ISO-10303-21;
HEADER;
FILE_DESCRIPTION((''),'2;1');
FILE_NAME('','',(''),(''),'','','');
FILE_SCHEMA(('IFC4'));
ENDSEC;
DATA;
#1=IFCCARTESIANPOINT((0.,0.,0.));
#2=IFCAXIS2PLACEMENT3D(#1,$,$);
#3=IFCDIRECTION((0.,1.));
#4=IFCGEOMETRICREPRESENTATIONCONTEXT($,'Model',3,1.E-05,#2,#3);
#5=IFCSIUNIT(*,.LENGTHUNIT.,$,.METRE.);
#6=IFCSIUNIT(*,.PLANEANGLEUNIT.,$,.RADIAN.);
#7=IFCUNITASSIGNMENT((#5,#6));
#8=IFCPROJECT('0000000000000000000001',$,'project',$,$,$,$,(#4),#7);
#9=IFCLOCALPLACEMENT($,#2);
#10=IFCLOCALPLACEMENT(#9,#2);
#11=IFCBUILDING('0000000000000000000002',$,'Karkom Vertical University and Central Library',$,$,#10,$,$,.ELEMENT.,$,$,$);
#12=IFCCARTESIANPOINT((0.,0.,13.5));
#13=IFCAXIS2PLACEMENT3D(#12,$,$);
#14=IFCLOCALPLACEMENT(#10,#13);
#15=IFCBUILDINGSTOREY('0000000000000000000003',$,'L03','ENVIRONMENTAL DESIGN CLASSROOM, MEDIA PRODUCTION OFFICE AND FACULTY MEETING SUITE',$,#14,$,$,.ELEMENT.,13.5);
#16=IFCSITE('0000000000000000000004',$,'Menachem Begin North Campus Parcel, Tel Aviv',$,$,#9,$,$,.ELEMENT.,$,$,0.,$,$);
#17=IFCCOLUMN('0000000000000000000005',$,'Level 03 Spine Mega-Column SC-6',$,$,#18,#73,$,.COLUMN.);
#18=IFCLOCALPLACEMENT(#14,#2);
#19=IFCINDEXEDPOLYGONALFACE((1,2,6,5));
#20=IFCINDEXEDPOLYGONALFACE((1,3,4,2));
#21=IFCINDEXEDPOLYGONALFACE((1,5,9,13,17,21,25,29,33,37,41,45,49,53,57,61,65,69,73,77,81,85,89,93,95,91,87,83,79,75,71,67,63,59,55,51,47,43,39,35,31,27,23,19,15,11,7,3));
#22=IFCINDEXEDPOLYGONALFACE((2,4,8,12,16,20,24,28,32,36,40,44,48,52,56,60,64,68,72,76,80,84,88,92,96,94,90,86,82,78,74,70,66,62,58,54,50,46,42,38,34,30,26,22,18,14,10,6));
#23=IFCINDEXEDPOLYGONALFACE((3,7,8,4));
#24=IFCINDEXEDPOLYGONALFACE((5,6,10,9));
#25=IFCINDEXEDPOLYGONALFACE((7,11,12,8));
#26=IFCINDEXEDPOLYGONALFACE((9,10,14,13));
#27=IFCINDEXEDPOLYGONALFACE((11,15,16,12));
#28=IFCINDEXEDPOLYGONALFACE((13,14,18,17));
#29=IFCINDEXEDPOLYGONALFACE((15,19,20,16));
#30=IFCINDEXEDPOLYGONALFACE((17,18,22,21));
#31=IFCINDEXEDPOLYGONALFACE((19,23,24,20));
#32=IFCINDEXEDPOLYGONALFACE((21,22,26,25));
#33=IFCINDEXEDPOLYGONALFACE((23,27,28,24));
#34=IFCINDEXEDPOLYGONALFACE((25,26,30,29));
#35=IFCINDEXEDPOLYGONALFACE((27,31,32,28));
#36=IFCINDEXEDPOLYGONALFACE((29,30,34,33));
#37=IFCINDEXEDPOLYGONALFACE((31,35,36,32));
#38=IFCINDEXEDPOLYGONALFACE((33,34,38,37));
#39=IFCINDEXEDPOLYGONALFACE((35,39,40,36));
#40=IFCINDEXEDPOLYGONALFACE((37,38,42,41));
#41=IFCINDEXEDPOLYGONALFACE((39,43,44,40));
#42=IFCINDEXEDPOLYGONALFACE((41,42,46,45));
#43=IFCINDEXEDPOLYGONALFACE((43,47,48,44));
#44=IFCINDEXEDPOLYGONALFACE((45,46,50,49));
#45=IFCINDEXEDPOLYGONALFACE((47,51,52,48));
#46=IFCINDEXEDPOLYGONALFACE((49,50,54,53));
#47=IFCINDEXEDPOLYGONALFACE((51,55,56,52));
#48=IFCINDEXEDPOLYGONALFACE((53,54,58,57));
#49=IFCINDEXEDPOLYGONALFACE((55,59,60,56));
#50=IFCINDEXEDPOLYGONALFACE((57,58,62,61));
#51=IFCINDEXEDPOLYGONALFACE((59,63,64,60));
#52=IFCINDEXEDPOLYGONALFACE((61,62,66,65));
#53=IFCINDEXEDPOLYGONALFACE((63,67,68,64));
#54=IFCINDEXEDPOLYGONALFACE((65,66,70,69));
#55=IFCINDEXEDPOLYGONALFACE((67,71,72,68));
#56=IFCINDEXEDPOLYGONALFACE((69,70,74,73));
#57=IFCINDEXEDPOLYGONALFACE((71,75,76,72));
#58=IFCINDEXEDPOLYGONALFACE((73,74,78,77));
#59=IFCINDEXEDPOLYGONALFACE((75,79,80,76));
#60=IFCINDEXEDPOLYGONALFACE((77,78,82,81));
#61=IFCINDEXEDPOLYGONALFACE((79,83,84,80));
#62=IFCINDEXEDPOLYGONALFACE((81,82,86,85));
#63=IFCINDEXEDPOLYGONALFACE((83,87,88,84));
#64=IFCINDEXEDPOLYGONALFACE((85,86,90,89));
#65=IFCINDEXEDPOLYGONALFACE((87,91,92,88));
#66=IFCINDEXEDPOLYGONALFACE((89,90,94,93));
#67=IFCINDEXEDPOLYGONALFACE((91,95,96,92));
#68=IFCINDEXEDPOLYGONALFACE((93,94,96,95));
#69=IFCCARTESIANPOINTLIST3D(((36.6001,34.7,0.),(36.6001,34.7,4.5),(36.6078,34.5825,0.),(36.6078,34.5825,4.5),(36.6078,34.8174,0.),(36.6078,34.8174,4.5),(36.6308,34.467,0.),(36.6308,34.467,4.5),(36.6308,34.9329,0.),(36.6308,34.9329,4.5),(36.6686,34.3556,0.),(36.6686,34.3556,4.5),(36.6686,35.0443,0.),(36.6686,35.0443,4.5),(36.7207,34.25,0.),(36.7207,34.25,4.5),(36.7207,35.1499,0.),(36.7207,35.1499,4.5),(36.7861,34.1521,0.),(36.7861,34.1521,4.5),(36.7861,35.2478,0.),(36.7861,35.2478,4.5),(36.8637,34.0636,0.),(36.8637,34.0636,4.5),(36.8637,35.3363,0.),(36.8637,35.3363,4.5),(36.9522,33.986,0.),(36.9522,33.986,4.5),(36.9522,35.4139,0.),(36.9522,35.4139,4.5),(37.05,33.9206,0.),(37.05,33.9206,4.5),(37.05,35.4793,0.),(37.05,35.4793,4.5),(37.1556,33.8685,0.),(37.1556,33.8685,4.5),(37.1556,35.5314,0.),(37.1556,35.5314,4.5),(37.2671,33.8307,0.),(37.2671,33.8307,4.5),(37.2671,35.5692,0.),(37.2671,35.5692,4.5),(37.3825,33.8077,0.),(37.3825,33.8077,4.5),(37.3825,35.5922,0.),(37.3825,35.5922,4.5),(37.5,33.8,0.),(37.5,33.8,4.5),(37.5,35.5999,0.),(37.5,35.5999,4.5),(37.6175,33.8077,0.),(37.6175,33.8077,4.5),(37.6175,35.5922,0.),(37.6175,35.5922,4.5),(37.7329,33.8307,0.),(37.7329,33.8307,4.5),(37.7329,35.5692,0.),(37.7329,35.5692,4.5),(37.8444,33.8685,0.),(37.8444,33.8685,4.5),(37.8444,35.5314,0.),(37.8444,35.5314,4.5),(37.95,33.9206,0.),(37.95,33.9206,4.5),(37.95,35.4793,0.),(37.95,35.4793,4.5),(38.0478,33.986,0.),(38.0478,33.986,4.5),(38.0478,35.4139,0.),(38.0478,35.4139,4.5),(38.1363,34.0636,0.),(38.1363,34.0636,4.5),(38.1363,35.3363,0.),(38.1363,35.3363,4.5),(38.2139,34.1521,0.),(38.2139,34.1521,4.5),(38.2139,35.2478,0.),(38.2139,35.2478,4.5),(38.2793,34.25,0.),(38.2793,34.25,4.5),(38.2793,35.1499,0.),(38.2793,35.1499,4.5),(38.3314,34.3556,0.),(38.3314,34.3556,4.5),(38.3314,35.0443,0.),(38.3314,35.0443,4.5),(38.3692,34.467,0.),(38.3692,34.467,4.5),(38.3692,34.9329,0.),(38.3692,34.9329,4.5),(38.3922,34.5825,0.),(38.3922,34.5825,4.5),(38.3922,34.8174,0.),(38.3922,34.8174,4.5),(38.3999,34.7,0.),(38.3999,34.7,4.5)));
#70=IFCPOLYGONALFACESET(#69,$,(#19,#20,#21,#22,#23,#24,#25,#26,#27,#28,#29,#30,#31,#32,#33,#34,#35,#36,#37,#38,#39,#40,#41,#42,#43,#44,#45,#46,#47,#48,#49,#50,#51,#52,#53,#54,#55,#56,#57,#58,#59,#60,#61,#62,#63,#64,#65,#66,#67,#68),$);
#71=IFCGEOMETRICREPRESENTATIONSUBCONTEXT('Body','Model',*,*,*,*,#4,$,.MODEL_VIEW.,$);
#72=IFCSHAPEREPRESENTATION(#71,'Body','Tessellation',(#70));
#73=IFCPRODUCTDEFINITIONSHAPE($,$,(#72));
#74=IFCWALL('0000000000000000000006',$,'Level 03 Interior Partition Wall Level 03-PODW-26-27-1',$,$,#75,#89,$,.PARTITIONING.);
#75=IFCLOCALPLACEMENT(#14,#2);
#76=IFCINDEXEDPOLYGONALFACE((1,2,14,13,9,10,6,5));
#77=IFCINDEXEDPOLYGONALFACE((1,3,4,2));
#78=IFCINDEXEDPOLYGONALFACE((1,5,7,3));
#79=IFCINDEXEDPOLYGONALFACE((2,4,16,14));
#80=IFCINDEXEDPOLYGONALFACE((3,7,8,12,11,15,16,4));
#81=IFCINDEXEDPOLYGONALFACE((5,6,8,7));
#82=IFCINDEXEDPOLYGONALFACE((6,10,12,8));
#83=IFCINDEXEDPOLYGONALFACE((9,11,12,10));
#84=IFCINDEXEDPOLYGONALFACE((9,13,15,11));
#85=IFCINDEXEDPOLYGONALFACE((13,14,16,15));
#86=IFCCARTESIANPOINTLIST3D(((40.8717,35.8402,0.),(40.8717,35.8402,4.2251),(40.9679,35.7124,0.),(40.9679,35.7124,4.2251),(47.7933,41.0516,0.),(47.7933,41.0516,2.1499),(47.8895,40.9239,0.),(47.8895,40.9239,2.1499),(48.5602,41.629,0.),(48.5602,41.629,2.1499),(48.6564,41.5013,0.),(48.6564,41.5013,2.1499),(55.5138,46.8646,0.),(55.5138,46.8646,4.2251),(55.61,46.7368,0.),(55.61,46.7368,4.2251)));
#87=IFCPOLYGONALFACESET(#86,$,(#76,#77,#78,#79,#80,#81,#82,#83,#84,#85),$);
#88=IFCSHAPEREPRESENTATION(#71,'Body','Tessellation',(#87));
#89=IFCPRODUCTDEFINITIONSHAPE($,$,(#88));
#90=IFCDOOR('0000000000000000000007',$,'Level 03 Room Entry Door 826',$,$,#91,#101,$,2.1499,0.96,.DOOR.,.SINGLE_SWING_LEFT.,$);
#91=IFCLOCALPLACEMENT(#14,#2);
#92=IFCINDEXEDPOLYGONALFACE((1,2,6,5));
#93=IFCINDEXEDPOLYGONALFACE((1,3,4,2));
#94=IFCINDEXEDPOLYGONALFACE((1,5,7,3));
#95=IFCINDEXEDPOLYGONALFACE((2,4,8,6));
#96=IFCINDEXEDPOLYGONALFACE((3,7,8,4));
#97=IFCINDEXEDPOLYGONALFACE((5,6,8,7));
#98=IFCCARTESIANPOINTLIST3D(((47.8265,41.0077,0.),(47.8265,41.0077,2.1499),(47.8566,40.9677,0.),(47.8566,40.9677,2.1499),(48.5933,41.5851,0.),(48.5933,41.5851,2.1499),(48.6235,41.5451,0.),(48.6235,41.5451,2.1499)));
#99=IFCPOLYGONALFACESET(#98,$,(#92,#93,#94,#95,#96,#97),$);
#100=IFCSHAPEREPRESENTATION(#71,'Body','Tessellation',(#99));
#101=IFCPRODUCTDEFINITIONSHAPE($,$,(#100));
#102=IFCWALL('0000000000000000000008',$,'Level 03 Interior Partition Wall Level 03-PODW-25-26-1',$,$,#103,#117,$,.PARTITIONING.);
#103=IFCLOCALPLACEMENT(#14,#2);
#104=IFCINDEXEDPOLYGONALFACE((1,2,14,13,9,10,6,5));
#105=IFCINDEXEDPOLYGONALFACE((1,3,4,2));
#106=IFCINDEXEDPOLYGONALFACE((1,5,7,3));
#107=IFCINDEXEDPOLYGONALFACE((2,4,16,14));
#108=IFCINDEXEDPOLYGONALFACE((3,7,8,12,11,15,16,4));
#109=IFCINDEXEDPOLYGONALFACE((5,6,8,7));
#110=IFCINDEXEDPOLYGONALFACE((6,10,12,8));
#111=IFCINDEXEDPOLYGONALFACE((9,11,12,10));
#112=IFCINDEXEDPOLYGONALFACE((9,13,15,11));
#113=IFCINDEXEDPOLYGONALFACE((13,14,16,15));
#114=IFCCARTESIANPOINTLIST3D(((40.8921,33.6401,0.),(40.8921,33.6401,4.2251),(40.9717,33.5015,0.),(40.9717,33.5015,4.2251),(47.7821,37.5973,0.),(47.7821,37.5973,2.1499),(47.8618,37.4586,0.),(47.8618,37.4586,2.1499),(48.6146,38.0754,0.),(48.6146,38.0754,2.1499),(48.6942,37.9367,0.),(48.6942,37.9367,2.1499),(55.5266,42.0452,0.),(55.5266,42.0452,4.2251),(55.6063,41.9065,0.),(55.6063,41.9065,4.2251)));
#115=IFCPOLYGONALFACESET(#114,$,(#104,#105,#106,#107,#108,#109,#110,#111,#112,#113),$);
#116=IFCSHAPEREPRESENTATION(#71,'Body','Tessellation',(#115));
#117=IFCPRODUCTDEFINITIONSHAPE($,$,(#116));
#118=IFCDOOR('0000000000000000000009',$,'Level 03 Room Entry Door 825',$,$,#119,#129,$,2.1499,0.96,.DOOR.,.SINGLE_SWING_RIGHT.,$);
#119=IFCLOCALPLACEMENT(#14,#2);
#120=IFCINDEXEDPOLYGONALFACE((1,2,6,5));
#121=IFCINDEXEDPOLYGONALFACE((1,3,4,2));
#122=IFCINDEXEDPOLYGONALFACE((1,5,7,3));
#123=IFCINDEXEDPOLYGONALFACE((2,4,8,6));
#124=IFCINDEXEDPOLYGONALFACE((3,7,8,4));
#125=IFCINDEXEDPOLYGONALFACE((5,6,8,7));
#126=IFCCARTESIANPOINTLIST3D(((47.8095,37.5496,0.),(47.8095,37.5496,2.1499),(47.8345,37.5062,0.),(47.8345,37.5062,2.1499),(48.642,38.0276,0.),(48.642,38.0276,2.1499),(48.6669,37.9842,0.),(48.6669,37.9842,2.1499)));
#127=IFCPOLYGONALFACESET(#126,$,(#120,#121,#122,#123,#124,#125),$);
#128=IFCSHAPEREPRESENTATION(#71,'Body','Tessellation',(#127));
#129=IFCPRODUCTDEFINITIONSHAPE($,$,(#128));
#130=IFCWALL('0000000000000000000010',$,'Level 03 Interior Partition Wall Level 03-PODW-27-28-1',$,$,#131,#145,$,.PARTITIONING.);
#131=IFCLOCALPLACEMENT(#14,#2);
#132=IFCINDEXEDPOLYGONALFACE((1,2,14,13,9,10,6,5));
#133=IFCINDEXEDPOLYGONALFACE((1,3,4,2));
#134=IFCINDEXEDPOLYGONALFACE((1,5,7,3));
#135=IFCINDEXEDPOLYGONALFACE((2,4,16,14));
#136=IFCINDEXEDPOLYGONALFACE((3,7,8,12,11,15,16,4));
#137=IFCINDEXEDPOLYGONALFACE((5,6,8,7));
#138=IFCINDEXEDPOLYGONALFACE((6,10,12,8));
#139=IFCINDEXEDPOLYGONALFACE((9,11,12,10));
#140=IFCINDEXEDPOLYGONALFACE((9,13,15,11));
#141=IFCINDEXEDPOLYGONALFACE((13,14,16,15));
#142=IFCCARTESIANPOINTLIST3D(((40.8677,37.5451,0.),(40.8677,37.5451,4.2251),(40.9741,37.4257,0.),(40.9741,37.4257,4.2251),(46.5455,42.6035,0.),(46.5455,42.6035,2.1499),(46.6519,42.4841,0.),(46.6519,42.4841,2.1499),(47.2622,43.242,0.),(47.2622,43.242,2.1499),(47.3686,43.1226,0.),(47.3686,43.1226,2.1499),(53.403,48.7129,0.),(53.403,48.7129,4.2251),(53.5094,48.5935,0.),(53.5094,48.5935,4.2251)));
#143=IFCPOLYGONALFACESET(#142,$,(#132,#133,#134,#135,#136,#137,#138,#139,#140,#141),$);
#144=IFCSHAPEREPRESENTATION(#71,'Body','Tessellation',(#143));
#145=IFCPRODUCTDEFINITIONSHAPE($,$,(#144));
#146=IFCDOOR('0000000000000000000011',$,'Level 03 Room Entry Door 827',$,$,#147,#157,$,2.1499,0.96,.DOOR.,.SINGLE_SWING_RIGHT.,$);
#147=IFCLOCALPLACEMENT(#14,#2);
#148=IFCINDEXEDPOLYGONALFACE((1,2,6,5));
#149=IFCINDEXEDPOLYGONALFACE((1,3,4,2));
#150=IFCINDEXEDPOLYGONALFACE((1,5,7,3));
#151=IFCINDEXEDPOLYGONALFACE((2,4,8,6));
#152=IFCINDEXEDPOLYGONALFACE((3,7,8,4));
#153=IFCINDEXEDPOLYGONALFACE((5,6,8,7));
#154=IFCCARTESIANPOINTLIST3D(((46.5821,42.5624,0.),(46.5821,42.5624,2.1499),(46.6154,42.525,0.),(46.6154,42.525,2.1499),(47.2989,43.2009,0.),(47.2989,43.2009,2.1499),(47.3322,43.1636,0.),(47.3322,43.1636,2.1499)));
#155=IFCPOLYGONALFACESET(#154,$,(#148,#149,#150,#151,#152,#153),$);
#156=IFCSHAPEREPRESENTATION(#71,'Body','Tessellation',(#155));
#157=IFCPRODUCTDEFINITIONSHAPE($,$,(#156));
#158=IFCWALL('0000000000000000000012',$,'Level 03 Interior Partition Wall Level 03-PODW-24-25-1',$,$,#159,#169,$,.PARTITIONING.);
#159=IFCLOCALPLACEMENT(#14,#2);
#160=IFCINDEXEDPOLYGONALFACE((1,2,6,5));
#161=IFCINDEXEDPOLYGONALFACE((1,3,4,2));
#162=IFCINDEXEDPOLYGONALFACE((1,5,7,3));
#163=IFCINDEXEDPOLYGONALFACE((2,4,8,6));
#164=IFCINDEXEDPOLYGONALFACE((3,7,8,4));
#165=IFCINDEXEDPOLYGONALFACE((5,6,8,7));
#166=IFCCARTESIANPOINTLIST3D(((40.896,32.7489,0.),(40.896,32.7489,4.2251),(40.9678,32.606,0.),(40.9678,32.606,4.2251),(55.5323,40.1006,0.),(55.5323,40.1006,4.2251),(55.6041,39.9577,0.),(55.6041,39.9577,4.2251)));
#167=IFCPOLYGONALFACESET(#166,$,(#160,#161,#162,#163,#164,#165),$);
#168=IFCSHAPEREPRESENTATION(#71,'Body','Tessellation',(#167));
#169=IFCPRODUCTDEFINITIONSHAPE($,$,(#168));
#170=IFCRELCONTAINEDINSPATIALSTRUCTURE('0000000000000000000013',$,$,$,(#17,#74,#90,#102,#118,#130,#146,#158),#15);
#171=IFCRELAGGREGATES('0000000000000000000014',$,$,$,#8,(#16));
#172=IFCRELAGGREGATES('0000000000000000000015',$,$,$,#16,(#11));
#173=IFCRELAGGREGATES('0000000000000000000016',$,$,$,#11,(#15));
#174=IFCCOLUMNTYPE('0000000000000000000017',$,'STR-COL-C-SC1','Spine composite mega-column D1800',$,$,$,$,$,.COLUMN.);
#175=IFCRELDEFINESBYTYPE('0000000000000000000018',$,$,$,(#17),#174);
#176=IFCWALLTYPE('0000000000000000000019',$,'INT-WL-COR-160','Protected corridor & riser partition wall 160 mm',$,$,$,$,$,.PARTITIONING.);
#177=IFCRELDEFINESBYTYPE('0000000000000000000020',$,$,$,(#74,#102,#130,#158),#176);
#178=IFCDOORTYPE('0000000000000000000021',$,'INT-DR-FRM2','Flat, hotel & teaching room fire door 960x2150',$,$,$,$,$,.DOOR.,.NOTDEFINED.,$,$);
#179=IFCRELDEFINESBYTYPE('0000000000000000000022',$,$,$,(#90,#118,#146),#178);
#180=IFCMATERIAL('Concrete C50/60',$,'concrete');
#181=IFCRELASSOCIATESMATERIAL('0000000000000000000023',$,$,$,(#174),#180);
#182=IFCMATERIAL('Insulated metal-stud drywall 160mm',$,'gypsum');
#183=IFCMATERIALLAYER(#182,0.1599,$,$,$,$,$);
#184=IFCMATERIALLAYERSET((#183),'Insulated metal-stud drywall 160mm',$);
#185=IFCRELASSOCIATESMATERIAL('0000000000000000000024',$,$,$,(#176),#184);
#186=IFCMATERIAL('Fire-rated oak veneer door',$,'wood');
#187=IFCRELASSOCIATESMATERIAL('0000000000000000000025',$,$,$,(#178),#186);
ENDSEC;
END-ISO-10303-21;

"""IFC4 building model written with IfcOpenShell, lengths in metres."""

from ifc_helpers import new_model, si_unit, direction, frame, frame_2d, origin, origin_with_axes, origin_2d, place, context, subcontext, project, spatial, rectangle, circle, extrude, source, transform, mapped, material, layer, layer_set, material_profile, profile_set, type_object, element, fill, save


model = new_model("IFC4")

# Units and contexts
model_context = context("Model", 3, precision=1e-05, world=origin(), true_north=direction((0.0, 1.0)))
body_context = subcontext(model_context, "Body", "Model", "MODEL_VIEW")
ifc_project = project(units=[si_unit("LENGTHUNIT", "METRE"), si_unit("PLANEANGLEUNIT", "RADIAN")], contexts=[model_context])

# Site, building, storey
site_placement = place(None, origin())
site = spatial("IfcSite", under=ifc_project, at=site_placement, Name="Menachem Begin North Campus Parcel, Tel Aviv", CompositionType="ELEMENT", RefElevation=0.0)
building_placement = place(site_placement, origin())
building = spatial("IfcBuilding", under=site, at=building_placement, Name="Karkom Vertical University and Central Library", CompositionType="ELEMENT")
storey_placement = place(building_placement, frame((0.0, 0.0, 13.5)))
storey = spatial("IfcBuildingStorey", under=building, at=storey_placement, Name="L03", Description="ENVIRONMENTAL DESIGN CLASSROOM, MEDIA PRODUCTION OFFICE AND FACULTY MEETING SUITE", CompositionType="ELEMENT", Elevation=13.5)

# Column
ifc_material_1 = material(Name="Concrete C50/60", Category="concrete")
ifc_material_profile = material_profile(ifc_material_1, circle(Radius=0.8999, at=origin_2d()), Name="CFT-D1800")
ifc_profile_set = profile_set([ifc_material_profile], Name="Concrete C50/60")
column_type = type_object("IfcColumnType", Name="STR-COL-C-SC1", Description="Spine composite mega-column D1800", PredefinedType="COLUMN", material=ifc_profile_set)
shared_shape_1 = source(origin_with_axes(), body_context, "Body", "SweptSolid", [
    extrude(circle(Radius=0.8999, at=origin_2d()), origin(), (0.0, 0.0, 1.0), 4.5),
])
column_placement = place(storey_placement, frame((37.5, 34.7, 0.0), z_axis=(0.0, 0.0, 1.0), x_axis=(1.0, 0.0, 0.0)))
element("IfcColumn", 1, at=column_placement, inside=storey, type_object=column_type, Name="Level 03 Spine Mega-Column SC-6", PredefinedType="COLUMN", context=body_context, shape_type="MappedRepresentation", body=[
    mapped(shared_shape_1, transform((0.0, 0.0, 0.0), scale=1.0)),
])

# Shared definitions
ifc_material_2 = material(Name="Insulated metal-stud drywall 160mm", Category="gypsum")
ifc_layer_1 = layer(ifc_material_2, 0.1599)
ifc_layer_set_1 = layer_set([ifc_layer_1], Name="Insulated metal-stud drywall 160mm")
wall_type_1 = type_object("IfcWallType", Name="INT-WL-COR-160", Description="Protected corridor & riser partition wall 160 mm", PredefinedType="PARTITIONING", material=ifc_layer_set_1)
ifc_material_3 = material(Name="Fire-rated oak veneer door", Category="wood")
door_type_1 = type_object("IfcDoorType", Name="INT-DR-FRM2", Description="Flat, hotel & teaching room fire door 960x2150", OperationType="NOTDEFINED", PredefinedType="DOOR", material=ifc_material_3)
shared_shape_2 = source(origin_with_axes(), body_context, "Body", "SweptSolid", [
    extrude(rectangle(XDim=0.96, YDim=2.1499, at=frame_2d((0.48, 1.075))), frame((0.0, 0.0249, 0.0), z_axis=(0.0, -1.0, 0.0), x_axis=(1.0, 0.0, 0.0)), (0.0, 0.0, 1.0), 0.05),
])

# Walls, openings, doors
wall_1_placement = place(storey_placement, frame((40.9199, 35.7764, 0.0), z_axis=(0.0, 0.0, 1.0), x_axis=(0.798876, 0.601495, 0.0)))
wall_1 = element("IfcWall", 2, at=wall_1_placement, inside=storey, type_object=wall_type_1, Name="Level 03 Interior Partition Wall Level 03-PODW-26-27-1", PredefinedType="PARTITIONING", context=body_context, shape_type="SweptSolid", body=[
    extrude(rectangle(XDim=18.3284, YDim=0.1599, at=frame_2d((9.1641, 0.0))), origin(), (0.0, 0.0, 1.0), 4.2251),
])
opening_1_placement = place(wall_1_placement, frame((8.6641, 0.0, 0.0)))
opening_1 = element("IfcOpeningElement", 3, at=opening_1_placement, cuts=wall_1, PredefinedType="OPENING", context=body_context, shape_type="SweptSolid", body=[
    extrude(rectangle(XDim=0.96, YDim=2.1499, at=frame_2d((0.48, 1.075))), frame((0.0, 0.0898, 0.0), z_axis=(0.0, -1.0, 0.0), x_axis=(1.0, 0.0, 0.0)), (0.0, 0.0, 1.0), 0.1799),
])
door_1_placement = place(opening_1_placement, origin())
door_1 = element("IfcDoor", 4, at=door_1_placement, inside=storey, type_object=door_type_1, Name="Level 03 Room Entry Door 826", OperationType="SINGLE_SWING_LEFT", OverallHeight=2.1499, OverallWidth=0.96, PredefinedType="DOOR", context=body_context, shape_type="MappedRepresentation", body=[
    mapped(shared_shape_2, transform((0.0, 0.0, 0.0), scale=1.0)),
])
fill(opening_1, door_1)
wall_2_placement = place(storey_placement, frame((40.9319, 33.5708, 0.0), z_axis=(0.0, 0.0, 1.0), x_axis=(0.867158, 0.498034, 0.0)))
wall_2 = element("IfcWall", 5, at=wall_2_placement, inside=storey, type_object=wall_type_1, Name="Level 03 Interior Partition Wall Level 03-PODW-25-26-1", PredefinedType="PARTITIONING", context=body_context, shape_type="SweptSolid", body=[
    extrude(rectangle(XDim=16.8765, YDim=0.1599, at=frame_2d((8.4382, 0.0))), origin(), (0.0, 0.0, 1.0), 4.2251),
])
opening_2_placement = place(wall_2_placement, frame((7.9456, 0.0, 0.0)))
opening_2 = element("IfcOpeningElement", 6, at=opening_2_placement, cuts=wall_2, PredefinedType="OPENING", context=body_context, shape_type="SweptSolid", body=[
    extrude(rectangle(XDim=0.96, YDim=2.1499, at=frame_2d((0.48, 1.075))), frame((0.0, 0.0898, 0.0), z_axis=(0.0, -1.0, 0.0), x_axis=(1.0, 0.0, 0.0)), (0.0, 0.0, 1.0), 0.1799),
])
door_2_placement = place(opening_2_placement, origin())
door_2 = element("IfcDoor", 7, at=door_2_placement, inside=storey, type_object=door_type_1, Name="Level 03 Room Entry Door 825", OperationType="SINGLE_SWING_RIGHT", OverallHeight=2.1499, OverallWidth=0.96, PredefinedType="DOOR", context=body_context, shape_type="MappedRepresentation", body=[
    mapped(shared_shape_2, transform((0.0, 0.0, 0.0), scale=1.0)),
])
fill(opening_2, door_2)
wall_3_placement = place(storey_placement, frame((40.9209, 37.4854, 0.0), z_axis=(0.0, 0.0, 1.0), x_axis=(0.746658, 0.665208, 0.0)))
wall_3 = element("IfcWall", 8, at=wall_3_placement, inside=storey, type_object=wall_type_1, Name="Level 03 Interior Partition Wall Level 03-PODW-27-28-1", PredefinedType="PARTITIONING", context=body_context, shape_type="SweptSolid", body=[
    extrude(rectangle(XDim=16.7886, YDim=0.1599, at=frame_2d((8.3943, 0.0))), origin(), (0.0, 0.0, 1.0), 4.2251),
])
opening_3_placement = place(wall_3_placement, frame((7.6042, 0.0, 0.0)))
opening_3 = element("IfcOpeningElement", 9, at=opening_3_placement, cuts=wall_3, PredefinedType="OPENING", context=body_context, shape_type="SweptSolid", body=[
    extrude(rectangle(XDim=0.96, YDim=2.1499, at=frame_2d((0.48, 1.075))), frame((0.0, 0.0898, 0.0), z_axis=(0.0, -1.0, 0.0), x_axis=(1.0, 0.0, 0.0)), (0.0, 0.0, 1.0), 0.1799),
])
door_3_placement = place(opening_3_placement, origin())
door_3 = element("IfcDoor", 10, at=door_3_placement, inside=storey, type_object=door_type_1, Name="Level 03 Room Entry Door 827", OperationType="SINGLE_SWING_RIGHT", OverallHeight=2.1499, OverallWidth=0.96, PredefinedType="DOOR", context=body_context, shape_type="MappedRepresentation", body=[
    mapped(shared_shape_2, transform((0.0, 0.0, 0.0), scale=1.0)),
])
fill(opening_3, door_3)

# Wall
wall_4_placement = place(storey_placement, frame((40.9319, 32.6775, 0.0), z_axis=(0.0, 0.0, 1.0), x_axis=(0.893609, 0.448847, 0.0)))
element("IfcWall", 11, at=wall_4_placement, inside=storey, type_object=wall_type_1, Name="Level 03 Interior Partition Wall Level 03-PODW-24-25-1", PredefinedType="PARTITIONING", context=body_context, shape_type="SweptSolid", body=[
    extrude(rectangle(XDim=16.3789, YDim=0.1599, at=frame_2d((8.1895, 0.0))), origin(), (0.0, 0.0, 1.0), 4.2251),
])

save(model, "model.ifc")
